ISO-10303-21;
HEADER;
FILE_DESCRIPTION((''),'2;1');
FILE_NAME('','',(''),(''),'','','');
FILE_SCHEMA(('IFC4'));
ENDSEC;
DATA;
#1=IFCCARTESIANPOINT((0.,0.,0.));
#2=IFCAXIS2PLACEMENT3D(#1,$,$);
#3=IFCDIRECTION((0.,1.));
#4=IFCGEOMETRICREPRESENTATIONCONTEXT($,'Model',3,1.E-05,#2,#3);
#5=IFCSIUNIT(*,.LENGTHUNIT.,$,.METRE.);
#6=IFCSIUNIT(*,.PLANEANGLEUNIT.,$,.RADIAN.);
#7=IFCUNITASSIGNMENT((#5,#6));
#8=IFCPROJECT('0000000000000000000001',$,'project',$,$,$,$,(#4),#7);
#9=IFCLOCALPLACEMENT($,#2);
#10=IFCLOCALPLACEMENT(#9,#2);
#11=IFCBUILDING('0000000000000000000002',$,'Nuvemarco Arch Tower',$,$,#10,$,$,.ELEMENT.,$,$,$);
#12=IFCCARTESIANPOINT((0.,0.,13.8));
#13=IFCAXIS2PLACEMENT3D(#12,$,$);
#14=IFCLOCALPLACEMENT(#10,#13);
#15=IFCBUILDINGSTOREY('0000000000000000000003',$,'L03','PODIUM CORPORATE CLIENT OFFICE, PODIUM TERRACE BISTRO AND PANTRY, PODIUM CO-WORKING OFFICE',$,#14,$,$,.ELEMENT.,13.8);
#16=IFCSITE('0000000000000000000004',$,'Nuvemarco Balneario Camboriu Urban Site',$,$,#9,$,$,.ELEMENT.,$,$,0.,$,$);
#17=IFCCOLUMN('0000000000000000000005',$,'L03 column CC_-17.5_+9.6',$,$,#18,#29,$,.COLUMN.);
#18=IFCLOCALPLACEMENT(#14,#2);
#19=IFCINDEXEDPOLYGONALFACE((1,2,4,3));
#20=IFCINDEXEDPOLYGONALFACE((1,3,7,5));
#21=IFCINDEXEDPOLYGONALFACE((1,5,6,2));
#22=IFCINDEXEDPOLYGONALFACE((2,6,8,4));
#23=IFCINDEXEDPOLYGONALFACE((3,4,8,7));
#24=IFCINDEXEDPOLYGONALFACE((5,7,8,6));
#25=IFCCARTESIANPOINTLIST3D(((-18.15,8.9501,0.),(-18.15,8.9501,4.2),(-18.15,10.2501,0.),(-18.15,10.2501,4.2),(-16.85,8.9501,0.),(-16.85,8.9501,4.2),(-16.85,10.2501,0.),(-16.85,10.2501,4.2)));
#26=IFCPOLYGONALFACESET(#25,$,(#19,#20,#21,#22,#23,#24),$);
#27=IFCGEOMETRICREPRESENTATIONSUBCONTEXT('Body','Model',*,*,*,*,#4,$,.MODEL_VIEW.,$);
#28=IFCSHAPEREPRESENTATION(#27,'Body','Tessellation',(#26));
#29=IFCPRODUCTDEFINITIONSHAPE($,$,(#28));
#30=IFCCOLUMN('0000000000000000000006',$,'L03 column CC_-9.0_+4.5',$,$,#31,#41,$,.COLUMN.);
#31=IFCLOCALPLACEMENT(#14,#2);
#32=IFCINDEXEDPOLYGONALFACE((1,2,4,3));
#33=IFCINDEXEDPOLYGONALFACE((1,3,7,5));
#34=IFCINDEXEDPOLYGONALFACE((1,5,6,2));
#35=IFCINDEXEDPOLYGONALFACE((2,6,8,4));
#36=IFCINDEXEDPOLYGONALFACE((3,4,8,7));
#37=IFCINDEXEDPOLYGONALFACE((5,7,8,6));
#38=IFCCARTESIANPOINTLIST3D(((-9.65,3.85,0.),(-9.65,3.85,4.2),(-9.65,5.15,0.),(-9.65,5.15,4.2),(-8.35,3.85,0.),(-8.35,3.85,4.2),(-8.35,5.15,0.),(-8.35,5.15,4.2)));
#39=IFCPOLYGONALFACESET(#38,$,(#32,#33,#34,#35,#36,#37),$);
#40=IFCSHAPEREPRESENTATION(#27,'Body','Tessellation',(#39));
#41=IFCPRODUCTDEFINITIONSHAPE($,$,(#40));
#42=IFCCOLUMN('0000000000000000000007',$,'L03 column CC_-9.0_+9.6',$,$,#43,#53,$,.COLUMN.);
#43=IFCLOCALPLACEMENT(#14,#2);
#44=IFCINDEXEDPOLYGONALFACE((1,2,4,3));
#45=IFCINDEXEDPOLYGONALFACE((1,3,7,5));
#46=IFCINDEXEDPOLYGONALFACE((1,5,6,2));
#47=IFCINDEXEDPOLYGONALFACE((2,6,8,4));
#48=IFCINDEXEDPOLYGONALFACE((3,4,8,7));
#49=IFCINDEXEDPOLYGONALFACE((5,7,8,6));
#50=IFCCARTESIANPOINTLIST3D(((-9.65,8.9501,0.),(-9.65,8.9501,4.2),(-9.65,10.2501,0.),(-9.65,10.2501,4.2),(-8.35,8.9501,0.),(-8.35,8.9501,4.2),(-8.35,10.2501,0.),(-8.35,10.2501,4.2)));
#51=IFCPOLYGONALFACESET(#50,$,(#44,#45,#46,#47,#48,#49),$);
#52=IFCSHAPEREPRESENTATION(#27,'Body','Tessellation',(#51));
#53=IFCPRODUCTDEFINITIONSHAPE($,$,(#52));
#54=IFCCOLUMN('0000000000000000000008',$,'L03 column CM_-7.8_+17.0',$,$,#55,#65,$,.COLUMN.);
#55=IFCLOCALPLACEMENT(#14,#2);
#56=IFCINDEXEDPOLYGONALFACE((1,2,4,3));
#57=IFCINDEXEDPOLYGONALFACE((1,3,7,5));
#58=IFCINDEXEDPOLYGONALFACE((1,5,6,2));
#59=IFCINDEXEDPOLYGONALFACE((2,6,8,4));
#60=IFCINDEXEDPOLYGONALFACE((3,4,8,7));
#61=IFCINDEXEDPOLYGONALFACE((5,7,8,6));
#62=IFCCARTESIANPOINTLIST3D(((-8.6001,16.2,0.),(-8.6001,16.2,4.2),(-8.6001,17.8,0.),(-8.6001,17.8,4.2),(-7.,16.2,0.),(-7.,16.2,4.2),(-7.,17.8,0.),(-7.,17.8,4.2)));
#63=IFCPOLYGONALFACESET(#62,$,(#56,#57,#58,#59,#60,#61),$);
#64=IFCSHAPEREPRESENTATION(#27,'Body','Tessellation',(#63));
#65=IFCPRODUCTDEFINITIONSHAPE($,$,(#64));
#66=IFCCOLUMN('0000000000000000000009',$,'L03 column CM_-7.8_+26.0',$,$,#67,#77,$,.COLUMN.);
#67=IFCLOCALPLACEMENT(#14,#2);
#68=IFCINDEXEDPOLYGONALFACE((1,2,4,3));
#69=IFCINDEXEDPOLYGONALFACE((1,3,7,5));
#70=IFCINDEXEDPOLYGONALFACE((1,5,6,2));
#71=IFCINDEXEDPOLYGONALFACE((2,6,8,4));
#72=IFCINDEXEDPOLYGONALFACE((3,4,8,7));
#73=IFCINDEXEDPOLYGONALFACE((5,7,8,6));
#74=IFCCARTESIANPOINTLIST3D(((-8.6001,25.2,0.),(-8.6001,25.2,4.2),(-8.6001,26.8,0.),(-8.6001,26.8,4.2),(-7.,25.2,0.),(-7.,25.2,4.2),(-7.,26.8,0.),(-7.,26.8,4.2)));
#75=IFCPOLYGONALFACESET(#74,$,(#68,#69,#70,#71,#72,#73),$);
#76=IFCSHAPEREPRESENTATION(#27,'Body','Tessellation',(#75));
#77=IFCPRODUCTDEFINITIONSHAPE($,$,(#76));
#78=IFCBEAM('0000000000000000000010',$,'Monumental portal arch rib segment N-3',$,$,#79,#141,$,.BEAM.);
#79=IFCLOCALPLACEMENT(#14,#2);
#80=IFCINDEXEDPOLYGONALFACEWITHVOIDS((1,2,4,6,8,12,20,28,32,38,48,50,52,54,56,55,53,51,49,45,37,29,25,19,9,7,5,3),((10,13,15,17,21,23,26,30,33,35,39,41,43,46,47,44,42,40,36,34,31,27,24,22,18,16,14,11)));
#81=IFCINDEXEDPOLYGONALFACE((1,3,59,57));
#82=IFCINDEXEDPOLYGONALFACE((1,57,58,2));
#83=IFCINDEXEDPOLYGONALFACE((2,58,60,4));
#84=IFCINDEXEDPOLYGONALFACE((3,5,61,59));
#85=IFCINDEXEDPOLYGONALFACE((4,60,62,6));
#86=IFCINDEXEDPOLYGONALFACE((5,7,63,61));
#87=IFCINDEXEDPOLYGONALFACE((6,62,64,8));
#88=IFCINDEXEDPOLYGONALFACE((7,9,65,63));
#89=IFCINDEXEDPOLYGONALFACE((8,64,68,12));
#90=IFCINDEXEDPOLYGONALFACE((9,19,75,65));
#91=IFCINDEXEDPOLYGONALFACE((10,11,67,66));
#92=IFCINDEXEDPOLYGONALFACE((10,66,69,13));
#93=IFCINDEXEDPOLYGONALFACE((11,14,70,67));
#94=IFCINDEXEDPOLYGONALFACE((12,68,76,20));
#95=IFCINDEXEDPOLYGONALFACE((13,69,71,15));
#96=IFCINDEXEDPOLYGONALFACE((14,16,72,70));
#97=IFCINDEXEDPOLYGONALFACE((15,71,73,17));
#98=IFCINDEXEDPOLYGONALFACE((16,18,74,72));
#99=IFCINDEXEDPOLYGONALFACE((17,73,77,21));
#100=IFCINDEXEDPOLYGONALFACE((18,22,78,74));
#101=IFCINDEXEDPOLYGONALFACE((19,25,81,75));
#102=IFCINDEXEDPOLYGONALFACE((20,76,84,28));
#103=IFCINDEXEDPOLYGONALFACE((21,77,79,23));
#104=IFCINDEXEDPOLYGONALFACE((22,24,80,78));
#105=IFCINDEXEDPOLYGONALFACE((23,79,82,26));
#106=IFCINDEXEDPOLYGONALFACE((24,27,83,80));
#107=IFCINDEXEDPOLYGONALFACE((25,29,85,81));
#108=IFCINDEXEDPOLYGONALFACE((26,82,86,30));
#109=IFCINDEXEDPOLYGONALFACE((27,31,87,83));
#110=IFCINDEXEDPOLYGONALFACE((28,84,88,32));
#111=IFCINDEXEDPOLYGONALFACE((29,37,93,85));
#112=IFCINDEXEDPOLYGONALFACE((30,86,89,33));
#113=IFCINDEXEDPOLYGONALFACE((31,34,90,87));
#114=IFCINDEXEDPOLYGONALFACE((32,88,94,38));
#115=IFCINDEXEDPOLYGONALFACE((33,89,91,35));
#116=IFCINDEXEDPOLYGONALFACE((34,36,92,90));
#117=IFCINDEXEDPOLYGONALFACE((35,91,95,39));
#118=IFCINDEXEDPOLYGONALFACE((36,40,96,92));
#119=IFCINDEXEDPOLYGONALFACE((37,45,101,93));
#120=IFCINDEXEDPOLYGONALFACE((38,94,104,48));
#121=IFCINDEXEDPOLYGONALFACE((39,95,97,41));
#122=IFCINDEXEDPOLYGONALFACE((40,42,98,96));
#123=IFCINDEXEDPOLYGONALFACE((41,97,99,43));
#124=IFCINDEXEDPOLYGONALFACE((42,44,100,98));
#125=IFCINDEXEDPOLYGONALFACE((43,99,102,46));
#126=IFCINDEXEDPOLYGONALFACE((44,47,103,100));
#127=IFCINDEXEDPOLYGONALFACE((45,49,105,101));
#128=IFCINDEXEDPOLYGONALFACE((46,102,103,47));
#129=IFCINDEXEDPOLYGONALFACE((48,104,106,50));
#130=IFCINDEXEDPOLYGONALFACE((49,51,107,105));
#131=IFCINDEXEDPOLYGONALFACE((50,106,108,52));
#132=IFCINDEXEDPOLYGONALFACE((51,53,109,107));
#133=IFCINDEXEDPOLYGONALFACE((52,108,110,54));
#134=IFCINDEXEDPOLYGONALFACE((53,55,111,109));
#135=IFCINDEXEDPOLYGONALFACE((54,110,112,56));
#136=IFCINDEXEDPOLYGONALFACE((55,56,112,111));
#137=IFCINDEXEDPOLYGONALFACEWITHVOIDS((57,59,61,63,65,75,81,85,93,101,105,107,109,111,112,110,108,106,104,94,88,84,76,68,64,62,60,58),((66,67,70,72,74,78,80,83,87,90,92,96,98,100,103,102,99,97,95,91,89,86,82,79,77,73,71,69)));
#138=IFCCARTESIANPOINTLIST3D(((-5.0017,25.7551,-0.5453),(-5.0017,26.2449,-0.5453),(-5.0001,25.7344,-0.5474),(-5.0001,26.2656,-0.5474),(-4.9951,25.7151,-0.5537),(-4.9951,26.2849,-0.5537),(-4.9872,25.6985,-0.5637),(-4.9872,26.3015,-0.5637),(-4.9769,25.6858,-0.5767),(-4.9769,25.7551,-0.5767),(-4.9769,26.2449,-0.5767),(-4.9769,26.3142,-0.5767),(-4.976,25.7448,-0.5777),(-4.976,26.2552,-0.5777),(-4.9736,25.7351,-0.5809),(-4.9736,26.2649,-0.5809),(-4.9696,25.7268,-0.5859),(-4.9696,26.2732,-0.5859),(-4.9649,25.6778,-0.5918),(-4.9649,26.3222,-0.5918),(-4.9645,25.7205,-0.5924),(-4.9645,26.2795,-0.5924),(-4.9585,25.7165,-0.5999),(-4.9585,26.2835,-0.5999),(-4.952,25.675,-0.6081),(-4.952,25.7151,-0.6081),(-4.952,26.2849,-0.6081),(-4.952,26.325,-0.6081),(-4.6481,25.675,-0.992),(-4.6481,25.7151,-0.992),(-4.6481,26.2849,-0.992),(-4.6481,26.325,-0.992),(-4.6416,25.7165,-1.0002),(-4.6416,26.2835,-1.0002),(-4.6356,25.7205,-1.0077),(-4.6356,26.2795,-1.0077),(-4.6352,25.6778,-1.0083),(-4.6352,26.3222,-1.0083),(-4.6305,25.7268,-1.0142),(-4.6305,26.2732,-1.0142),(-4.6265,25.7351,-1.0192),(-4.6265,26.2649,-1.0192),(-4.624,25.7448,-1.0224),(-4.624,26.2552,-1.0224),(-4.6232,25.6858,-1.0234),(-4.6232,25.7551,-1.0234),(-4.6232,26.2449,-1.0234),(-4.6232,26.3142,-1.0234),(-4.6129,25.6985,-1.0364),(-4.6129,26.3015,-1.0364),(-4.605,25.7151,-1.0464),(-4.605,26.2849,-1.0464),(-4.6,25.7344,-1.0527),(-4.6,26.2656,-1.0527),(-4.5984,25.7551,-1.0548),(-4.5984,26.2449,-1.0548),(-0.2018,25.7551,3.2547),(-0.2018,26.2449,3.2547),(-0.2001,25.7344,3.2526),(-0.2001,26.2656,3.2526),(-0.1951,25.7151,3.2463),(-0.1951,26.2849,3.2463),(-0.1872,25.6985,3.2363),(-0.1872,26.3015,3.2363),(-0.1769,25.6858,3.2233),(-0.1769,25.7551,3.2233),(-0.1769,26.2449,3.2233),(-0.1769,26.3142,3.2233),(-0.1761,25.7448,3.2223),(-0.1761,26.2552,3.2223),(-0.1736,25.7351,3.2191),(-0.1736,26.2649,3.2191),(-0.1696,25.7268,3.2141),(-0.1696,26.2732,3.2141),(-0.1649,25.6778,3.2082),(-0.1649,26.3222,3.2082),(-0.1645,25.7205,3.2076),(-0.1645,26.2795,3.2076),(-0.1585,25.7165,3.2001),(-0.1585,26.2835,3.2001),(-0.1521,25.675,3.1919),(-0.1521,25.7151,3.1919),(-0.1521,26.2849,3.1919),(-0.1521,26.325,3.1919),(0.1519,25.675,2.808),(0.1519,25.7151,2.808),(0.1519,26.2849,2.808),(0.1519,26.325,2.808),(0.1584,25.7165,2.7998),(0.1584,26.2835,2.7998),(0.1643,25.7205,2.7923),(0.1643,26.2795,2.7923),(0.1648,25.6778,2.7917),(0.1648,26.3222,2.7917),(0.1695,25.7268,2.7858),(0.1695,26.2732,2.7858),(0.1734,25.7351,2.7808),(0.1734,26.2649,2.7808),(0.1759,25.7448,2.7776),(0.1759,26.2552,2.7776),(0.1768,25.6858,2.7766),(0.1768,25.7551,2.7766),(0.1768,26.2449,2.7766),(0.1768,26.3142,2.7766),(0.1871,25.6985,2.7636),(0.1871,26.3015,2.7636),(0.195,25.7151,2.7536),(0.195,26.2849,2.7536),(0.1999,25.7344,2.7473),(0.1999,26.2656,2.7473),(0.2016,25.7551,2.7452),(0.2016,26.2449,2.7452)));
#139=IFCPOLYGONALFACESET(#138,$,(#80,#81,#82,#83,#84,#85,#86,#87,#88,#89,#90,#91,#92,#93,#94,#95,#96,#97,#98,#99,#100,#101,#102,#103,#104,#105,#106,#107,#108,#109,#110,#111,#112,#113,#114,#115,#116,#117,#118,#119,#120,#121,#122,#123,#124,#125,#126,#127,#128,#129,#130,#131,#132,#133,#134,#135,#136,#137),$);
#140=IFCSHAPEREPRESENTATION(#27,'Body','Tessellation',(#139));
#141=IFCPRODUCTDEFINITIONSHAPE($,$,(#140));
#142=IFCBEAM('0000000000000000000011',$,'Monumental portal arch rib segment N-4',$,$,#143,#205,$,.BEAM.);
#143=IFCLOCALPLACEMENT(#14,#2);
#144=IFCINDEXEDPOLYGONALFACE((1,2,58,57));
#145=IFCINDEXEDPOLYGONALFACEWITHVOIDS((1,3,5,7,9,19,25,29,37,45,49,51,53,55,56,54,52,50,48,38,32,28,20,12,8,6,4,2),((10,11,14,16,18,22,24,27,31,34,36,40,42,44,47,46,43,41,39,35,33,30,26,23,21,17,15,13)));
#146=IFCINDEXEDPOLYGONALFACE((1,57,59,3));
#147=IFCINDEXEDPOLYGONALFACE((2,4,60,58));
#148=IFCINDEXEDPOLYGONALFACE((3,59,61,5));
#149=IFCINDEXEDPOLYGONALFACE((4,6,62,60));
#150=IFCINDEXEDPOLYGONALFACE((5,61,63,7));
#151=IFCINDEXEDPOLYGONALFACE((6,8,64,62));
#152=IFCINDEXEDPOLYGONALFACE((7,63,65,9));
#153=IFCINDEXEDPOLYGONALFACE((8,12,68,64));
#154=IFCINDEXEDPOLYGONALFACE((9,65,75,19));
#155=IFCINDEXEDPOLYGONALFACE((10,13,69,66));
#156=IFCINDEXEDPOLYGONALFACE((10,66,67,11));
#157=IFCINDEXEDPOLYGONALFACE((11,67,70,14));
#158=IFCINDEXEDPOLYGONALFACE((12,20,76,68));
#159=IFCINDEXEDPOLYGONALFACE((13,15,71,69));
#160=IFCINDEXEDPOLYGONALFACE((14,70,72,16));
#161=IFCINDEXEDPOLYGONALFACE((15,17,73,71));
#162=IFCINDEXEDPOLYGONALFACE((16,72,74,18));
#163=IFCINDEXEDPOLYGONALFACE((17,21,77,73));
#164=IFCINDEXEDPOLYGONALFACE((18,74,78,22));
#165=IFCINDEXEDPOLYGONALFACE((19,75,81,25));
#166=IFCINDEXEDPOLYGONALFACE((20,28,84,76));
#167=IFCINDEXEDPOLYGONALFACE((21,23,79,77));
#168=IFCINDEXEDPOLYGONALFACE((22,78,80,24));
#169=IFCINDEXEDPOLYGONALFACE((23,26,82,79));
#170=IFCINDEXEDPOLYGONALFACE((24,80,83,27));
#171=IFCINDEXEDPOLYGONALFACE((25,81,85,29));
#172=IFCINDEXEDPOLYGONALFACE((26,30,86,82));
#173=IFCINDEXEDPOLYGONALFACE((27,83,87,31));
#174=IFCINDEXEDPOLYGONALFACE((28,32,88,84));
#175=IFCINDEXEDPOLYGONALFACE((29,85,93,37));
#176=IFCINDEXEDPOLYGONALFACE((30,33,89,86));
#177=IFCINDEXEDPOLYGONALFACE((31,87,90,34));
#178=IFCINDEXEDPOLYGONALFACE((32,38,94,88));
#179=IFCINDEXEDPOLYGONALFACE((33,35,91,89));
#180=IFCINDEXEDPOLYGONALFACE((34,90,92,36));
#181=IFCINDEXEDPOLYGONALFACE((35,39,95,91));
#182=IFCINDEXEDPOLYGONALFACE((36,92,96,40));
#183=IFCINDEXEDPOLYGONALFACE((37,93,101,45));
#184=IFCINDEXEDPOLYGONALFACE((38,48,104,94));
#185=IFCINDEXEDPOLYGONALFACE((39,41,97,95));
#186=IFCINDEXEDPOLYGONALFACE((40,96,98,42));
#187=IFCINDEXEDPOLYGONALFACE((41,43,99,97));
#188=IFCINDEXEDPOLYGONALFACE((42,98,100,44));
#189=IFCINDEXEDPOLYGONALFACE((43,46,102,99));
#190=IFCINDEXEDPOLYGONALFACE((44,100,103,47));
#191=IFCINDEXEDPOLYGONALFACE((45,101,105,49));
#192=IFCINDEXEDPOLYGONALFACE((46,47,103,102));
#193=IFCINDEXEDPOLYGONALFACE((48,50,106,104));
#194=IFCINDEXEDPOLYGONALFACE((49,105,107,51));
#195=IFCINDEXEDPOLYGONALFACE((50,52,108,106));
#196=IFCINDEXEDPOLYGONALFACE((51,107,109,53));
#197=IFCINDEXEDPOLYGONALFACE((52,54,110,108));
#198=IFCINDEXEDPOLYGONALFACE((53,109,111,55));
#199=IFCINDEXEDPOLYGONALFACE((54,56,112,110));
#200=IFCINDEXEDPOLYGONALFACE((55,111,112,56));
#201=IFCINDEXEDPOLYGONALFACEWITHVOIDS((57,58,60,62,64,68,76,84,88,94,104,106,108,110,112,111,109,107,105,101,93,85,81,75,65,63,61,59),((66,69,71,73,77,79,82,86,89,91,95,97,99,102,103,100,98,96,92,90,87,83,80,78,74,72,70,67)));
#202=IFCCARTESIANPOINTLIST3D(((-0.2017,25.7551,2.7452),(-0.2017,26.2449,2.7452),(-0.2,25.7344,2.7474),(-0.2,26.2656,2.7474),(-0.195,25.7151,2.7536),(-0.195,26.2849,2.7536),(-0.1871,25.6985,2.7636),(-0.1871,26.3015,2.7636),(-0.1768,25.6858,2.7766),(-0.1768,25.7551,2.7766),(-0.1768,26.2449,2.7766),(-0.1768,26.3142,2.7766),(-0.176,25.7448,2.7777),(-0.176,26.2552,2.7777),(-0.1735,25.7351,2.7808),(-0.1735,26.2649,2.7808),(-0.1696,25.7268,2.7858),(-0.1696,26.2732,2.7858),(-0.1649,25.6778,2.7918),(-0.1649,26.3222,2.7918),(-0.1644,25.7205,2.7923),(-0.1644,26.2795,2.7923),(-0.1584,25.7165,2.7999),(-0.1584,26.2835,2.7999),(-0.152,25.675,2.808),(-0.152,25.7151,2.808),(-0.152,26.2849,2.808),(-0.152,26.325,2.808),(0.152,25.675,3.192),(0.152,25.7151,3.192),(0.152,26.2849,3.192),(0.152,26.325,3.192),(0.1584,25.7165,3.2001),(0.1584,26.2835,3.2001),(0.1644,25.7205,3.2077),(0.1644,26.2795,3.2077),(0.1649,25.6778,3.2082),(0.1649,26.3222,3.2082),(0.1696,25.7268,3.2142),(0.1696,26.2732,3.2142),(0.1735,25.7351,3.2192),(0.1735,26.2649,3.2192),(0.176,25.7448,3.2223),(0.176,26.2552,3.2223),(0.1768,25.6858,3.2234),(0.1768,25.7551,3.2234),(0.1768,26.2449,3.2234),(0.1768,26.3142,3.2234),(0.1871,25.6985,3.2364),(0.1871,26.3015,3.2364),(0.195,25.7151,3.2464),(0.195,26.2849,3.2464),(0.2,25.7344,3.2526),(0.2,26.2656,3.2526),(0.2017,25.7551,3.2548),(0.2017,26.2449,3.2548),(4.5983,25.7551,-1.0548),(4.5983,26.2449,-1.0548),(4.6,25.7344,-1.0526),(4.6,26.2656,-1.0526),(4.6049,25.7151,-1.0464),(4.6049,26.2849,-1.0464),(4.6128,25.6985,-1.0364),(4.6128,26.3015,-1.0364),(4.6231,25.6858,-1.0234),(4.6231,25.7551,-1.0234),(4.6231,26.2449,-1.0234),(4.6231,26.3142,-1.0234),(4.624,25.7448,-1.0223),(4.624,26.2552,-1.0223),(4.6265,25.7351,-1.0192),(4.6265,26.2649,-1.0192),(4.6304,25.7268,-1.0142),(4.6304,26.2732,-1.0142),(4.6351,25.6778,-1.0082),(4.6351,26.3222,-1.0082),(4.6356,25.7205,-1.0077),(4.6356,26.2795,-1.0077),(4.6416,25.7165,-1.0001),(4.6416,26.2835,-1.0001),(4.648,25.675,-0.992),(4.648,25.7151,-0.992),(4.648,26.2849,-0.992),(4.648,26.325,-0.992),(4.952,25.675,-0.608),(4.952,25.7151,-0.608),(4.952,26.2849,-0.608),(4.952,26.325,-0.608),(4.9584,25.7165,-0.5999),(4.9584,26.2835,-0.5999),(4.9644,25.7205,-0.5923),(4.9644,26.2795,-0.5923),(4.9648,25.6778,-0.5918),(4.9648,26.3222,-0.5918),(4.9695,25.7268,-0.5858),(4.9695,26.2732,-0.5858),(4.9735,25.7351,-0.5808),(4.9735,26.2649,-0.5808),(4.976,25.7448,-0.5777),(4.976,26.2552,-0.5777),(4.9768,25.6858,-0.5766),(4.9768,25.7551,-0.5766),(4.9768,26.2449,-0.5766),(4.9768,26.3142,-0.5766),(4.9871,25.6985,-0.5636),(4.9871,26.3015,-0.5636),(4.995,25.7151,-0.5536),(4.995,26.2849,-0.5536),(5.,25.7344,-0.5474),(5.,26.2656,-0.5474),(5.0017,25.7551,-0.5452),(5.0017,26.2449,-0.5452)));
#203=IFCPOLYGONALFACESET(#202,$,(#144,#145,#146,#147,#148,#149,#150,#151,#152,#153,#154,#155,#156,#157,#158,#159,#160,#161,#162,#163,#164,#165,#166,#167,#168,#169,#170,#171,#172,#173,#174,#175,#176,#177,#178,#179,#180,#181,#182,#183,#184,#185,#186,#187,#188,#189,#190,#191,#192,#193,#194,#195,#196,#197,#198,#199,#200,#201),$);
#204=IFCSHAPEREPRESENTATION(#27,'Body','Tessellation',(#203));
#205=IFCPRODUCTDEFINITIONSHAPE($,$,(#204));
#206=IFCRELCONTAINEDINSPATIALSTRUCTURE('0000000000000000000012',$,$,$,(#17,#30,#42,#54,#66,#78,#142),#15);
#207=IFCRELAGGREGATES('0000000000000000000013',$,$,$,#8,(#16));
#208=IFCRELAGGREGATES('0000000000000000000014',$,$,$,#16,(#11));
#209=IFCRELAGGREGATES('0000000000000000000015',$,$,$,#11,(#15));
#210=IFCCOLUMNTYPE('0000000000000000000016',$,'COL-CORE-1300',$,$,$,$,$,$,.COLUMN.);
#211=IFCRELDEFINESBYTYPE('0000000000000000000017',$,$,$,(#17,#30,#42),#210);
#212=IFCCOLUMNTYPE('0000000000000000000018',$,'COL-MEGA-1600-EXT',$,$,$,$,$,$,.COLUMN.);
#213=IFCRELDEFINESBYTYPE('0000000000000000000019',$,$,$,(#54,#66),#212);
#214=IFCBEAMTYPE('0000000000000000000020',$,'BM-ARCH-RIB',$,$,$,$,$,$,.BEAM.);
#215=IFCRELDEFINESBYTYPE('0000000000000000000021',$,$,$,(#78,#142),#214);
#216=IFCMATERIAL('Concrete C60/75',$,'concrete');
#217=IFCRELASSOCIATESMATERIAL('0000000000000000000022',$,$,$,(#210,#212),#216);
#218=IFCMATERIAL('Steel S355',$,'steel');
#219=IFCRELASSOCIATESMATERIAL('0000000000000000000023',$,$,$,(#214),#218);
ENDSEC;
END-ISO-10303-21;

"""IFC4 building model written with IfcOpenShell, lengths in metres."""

from ifc_helpers import new_model, si_unit, direction, frame, origin, origin_2d, place, context, subcontext, project, spatial, rectangle, hollow_rectangle, extrude, material, material_profile, profile_set, type_object, element, save


model = new_model("IFC4")

# Units and contexts
model_context = context("Model", 3, precision=1e-05, world=origin(), true_north=direction((0.0, 1.0)))
body_context = subcontext(model_context, "Body", "Model", "MODEL_VIEW")
ifc_project = project(units=[si_unit("LENGTHUNIT", "METRE"), si_unit("PLANEANGLEUNIT", "RADIAN")], contexts=[model_context])

# Site, building, storey
site_placement = place(None, origin())
site = spatial("IfcSite", under=ifc_project, at=site_placement, Name="Nuvemarco Balneario Camboriu Urban Site", CompositionType="ELEMENT", RefElevation=0.0)
building_placement = place(site_placement, origin())
building = spatial("IfcBuilding", under=site, at=building_placement, Name="Nuvemarco Arch Tower", CompositionType="ELEMENT")
storey_placement = place(building_placement, frame((0.0, 0.0, 13.8)))
storey = spatial("IfcBuildingStorey", under=building, at=storey_placement, Name="L03", Description="PODIUM CORPORATE CLIENT OFFICE, PODIUM TERRACE BISTRO AND PANTRY, PODIUM CO-WORKING OFFICE", CompositionType="ELEMENT", Elevation=13.8)

# Columns
ifc_material_1 = material(Name="Concrete C60/75", Category="concrete")
ifc_material_profile_1 = material_profile(ifc_material_1, rectangle(XDim=1.3, YDim=1.3, at=origin_2d()), Name="RC-COL-1300x1300")
ifc_profile_set_1 = profile_set([ifc_material_profile_1], Name="Concrete C60/75")
column_type_1 = type_object("IfcColumnType", Name="COL-CORE-1300", PredefinedType="COLUMN", material=ifc_profile_set_1)
for number, where, z_axis, x_axis, name in (
    (1, (-17.5, 9.6001, 0.0), (0.0, 0.0, 1.0), (1.0, 0.0, 0.0), "L03 column CC_-17.5_+9.6"),
    (2, (-9.0, 4.5, 0.0), (0.0, 0.0, 1.0), (1.0, 0.0, 0.0), "L03 column CC_-9.0_+4.5"),
    (3, (-9.0, 9.6001, 0.0), (0.0, 0.0, 1.0), (1.0, 0.0, 0.0), "L03 column CC_-9.0_+9.6"),
):
    element("IfcColumn", number, at=place(storey_placement, frame(where, z_axis=z_axis, x_axis=x_axis)), inside=storey, type_object=column_type_1, Name=name, PredefinedType="COLUMN", context=body_context, shape_type="SweptSolid", body=[
        extrude(rectangle(XDim=1.3, YDim=1.3, at=origin_2d()), origin(), (0.0, 0.0, 1.0), 4.2),
    ])
ifc_material_profile_2 = material_profile(ifc_material_1, rectangle(XDim=1.6001, YDim=1.6001, at=origin_2d()), Name="RC-COL-1600x1600")
ifc_profile_set_2 = profile_set([ifc_material_profile_2], Name="Concrete C60/75")
column_type_2 = type_object("IfcColumnType", Name="COL-MEGA-1600-EXT", PredefinedType="COLUMN", material=ifc_profile_set_2)
for number, where, z_axis, x_axis, name in (
    (4, (-7.8, 17.0, 0.0), (0.0, 0.0, 1.0), (1.0, 0.0, 0.0), "L03 column CM_-7.8_+17.0"),
    (5, (-7.8, 26.0, 0.0), (0.0, 0.0, 1.0), (1.0, 0.0, 0.0), "L03 column CM_-7.8_+26.0"),
):
    element("IfcColumn", number, at=place(storey_placement, frame(where, z_axis=z_axis, x_axis=x_axis)), inside=storey, type_object=column_type_2, Name=name, PredefinedType="COLUMN", context=body_context, shape_type="SweptSolid", body=[
        extrude(rectangle(XDim=1.6001, YDim=1.6001, at=origin_2d()), origin(), (0.0, 0.0, 1.0), 4.2),
    ])

# Beams
ifc_material_2 = material(Name="Steel S355", Category="steel")
ifc_material_profile_3 = material_profile(ifc_material_2, hollow_rectangle(XDim=0.6499, YDim=0.6499, WallThickness=0.04, InnerFilletRadius=0.04, OuterFilletRadius=0.0801, at=origin_2d()), Name="SHS650x650x40")
ifc_profile_set_3 = profile_set([ifc_material_profile_3], Name="Steel S355")
beam_type_1 = type_object("IfcBeamType", Name="BM-ARCH-RIB", PredefinedType="BEAM", material=ifc_profile_set_3)
for number, where, z_axis, x_axis, name in (
    (6, (-4.8, 26.0, -0.8), (0.784045, 0.0, 0.620704), (0.0, 1.0, 0.0), "Monumental portal arch rib segment N-3"),
    (7, (0.0, 26.0, 3.0), (0.784045, 0.0, -0.620704), (0.0, 1.0, 0.0), "Monumental portal arch rib segment N-4"),
):
    element("IfcBeam", number, at=place(storey_placement, frame(where, z_axis=z_axis, x_axis=x_axis)), inside=storey, type_object=beam_type_1, Name=name, PredefinedType="BEAM", context=body_context, shape_type="SweptSolid", body=[
        extrude(hollow_rectangle(XDim=0.6499, YDim=0.6499, WallThickness=0.04, InnerFilletRadius=0.04, OuterFilletRadius=0.0801, at=origin_2d()), origin(), (0.0, 0.0, 1.0), 6.1221),
    ])

save(model, "model.ifc")
